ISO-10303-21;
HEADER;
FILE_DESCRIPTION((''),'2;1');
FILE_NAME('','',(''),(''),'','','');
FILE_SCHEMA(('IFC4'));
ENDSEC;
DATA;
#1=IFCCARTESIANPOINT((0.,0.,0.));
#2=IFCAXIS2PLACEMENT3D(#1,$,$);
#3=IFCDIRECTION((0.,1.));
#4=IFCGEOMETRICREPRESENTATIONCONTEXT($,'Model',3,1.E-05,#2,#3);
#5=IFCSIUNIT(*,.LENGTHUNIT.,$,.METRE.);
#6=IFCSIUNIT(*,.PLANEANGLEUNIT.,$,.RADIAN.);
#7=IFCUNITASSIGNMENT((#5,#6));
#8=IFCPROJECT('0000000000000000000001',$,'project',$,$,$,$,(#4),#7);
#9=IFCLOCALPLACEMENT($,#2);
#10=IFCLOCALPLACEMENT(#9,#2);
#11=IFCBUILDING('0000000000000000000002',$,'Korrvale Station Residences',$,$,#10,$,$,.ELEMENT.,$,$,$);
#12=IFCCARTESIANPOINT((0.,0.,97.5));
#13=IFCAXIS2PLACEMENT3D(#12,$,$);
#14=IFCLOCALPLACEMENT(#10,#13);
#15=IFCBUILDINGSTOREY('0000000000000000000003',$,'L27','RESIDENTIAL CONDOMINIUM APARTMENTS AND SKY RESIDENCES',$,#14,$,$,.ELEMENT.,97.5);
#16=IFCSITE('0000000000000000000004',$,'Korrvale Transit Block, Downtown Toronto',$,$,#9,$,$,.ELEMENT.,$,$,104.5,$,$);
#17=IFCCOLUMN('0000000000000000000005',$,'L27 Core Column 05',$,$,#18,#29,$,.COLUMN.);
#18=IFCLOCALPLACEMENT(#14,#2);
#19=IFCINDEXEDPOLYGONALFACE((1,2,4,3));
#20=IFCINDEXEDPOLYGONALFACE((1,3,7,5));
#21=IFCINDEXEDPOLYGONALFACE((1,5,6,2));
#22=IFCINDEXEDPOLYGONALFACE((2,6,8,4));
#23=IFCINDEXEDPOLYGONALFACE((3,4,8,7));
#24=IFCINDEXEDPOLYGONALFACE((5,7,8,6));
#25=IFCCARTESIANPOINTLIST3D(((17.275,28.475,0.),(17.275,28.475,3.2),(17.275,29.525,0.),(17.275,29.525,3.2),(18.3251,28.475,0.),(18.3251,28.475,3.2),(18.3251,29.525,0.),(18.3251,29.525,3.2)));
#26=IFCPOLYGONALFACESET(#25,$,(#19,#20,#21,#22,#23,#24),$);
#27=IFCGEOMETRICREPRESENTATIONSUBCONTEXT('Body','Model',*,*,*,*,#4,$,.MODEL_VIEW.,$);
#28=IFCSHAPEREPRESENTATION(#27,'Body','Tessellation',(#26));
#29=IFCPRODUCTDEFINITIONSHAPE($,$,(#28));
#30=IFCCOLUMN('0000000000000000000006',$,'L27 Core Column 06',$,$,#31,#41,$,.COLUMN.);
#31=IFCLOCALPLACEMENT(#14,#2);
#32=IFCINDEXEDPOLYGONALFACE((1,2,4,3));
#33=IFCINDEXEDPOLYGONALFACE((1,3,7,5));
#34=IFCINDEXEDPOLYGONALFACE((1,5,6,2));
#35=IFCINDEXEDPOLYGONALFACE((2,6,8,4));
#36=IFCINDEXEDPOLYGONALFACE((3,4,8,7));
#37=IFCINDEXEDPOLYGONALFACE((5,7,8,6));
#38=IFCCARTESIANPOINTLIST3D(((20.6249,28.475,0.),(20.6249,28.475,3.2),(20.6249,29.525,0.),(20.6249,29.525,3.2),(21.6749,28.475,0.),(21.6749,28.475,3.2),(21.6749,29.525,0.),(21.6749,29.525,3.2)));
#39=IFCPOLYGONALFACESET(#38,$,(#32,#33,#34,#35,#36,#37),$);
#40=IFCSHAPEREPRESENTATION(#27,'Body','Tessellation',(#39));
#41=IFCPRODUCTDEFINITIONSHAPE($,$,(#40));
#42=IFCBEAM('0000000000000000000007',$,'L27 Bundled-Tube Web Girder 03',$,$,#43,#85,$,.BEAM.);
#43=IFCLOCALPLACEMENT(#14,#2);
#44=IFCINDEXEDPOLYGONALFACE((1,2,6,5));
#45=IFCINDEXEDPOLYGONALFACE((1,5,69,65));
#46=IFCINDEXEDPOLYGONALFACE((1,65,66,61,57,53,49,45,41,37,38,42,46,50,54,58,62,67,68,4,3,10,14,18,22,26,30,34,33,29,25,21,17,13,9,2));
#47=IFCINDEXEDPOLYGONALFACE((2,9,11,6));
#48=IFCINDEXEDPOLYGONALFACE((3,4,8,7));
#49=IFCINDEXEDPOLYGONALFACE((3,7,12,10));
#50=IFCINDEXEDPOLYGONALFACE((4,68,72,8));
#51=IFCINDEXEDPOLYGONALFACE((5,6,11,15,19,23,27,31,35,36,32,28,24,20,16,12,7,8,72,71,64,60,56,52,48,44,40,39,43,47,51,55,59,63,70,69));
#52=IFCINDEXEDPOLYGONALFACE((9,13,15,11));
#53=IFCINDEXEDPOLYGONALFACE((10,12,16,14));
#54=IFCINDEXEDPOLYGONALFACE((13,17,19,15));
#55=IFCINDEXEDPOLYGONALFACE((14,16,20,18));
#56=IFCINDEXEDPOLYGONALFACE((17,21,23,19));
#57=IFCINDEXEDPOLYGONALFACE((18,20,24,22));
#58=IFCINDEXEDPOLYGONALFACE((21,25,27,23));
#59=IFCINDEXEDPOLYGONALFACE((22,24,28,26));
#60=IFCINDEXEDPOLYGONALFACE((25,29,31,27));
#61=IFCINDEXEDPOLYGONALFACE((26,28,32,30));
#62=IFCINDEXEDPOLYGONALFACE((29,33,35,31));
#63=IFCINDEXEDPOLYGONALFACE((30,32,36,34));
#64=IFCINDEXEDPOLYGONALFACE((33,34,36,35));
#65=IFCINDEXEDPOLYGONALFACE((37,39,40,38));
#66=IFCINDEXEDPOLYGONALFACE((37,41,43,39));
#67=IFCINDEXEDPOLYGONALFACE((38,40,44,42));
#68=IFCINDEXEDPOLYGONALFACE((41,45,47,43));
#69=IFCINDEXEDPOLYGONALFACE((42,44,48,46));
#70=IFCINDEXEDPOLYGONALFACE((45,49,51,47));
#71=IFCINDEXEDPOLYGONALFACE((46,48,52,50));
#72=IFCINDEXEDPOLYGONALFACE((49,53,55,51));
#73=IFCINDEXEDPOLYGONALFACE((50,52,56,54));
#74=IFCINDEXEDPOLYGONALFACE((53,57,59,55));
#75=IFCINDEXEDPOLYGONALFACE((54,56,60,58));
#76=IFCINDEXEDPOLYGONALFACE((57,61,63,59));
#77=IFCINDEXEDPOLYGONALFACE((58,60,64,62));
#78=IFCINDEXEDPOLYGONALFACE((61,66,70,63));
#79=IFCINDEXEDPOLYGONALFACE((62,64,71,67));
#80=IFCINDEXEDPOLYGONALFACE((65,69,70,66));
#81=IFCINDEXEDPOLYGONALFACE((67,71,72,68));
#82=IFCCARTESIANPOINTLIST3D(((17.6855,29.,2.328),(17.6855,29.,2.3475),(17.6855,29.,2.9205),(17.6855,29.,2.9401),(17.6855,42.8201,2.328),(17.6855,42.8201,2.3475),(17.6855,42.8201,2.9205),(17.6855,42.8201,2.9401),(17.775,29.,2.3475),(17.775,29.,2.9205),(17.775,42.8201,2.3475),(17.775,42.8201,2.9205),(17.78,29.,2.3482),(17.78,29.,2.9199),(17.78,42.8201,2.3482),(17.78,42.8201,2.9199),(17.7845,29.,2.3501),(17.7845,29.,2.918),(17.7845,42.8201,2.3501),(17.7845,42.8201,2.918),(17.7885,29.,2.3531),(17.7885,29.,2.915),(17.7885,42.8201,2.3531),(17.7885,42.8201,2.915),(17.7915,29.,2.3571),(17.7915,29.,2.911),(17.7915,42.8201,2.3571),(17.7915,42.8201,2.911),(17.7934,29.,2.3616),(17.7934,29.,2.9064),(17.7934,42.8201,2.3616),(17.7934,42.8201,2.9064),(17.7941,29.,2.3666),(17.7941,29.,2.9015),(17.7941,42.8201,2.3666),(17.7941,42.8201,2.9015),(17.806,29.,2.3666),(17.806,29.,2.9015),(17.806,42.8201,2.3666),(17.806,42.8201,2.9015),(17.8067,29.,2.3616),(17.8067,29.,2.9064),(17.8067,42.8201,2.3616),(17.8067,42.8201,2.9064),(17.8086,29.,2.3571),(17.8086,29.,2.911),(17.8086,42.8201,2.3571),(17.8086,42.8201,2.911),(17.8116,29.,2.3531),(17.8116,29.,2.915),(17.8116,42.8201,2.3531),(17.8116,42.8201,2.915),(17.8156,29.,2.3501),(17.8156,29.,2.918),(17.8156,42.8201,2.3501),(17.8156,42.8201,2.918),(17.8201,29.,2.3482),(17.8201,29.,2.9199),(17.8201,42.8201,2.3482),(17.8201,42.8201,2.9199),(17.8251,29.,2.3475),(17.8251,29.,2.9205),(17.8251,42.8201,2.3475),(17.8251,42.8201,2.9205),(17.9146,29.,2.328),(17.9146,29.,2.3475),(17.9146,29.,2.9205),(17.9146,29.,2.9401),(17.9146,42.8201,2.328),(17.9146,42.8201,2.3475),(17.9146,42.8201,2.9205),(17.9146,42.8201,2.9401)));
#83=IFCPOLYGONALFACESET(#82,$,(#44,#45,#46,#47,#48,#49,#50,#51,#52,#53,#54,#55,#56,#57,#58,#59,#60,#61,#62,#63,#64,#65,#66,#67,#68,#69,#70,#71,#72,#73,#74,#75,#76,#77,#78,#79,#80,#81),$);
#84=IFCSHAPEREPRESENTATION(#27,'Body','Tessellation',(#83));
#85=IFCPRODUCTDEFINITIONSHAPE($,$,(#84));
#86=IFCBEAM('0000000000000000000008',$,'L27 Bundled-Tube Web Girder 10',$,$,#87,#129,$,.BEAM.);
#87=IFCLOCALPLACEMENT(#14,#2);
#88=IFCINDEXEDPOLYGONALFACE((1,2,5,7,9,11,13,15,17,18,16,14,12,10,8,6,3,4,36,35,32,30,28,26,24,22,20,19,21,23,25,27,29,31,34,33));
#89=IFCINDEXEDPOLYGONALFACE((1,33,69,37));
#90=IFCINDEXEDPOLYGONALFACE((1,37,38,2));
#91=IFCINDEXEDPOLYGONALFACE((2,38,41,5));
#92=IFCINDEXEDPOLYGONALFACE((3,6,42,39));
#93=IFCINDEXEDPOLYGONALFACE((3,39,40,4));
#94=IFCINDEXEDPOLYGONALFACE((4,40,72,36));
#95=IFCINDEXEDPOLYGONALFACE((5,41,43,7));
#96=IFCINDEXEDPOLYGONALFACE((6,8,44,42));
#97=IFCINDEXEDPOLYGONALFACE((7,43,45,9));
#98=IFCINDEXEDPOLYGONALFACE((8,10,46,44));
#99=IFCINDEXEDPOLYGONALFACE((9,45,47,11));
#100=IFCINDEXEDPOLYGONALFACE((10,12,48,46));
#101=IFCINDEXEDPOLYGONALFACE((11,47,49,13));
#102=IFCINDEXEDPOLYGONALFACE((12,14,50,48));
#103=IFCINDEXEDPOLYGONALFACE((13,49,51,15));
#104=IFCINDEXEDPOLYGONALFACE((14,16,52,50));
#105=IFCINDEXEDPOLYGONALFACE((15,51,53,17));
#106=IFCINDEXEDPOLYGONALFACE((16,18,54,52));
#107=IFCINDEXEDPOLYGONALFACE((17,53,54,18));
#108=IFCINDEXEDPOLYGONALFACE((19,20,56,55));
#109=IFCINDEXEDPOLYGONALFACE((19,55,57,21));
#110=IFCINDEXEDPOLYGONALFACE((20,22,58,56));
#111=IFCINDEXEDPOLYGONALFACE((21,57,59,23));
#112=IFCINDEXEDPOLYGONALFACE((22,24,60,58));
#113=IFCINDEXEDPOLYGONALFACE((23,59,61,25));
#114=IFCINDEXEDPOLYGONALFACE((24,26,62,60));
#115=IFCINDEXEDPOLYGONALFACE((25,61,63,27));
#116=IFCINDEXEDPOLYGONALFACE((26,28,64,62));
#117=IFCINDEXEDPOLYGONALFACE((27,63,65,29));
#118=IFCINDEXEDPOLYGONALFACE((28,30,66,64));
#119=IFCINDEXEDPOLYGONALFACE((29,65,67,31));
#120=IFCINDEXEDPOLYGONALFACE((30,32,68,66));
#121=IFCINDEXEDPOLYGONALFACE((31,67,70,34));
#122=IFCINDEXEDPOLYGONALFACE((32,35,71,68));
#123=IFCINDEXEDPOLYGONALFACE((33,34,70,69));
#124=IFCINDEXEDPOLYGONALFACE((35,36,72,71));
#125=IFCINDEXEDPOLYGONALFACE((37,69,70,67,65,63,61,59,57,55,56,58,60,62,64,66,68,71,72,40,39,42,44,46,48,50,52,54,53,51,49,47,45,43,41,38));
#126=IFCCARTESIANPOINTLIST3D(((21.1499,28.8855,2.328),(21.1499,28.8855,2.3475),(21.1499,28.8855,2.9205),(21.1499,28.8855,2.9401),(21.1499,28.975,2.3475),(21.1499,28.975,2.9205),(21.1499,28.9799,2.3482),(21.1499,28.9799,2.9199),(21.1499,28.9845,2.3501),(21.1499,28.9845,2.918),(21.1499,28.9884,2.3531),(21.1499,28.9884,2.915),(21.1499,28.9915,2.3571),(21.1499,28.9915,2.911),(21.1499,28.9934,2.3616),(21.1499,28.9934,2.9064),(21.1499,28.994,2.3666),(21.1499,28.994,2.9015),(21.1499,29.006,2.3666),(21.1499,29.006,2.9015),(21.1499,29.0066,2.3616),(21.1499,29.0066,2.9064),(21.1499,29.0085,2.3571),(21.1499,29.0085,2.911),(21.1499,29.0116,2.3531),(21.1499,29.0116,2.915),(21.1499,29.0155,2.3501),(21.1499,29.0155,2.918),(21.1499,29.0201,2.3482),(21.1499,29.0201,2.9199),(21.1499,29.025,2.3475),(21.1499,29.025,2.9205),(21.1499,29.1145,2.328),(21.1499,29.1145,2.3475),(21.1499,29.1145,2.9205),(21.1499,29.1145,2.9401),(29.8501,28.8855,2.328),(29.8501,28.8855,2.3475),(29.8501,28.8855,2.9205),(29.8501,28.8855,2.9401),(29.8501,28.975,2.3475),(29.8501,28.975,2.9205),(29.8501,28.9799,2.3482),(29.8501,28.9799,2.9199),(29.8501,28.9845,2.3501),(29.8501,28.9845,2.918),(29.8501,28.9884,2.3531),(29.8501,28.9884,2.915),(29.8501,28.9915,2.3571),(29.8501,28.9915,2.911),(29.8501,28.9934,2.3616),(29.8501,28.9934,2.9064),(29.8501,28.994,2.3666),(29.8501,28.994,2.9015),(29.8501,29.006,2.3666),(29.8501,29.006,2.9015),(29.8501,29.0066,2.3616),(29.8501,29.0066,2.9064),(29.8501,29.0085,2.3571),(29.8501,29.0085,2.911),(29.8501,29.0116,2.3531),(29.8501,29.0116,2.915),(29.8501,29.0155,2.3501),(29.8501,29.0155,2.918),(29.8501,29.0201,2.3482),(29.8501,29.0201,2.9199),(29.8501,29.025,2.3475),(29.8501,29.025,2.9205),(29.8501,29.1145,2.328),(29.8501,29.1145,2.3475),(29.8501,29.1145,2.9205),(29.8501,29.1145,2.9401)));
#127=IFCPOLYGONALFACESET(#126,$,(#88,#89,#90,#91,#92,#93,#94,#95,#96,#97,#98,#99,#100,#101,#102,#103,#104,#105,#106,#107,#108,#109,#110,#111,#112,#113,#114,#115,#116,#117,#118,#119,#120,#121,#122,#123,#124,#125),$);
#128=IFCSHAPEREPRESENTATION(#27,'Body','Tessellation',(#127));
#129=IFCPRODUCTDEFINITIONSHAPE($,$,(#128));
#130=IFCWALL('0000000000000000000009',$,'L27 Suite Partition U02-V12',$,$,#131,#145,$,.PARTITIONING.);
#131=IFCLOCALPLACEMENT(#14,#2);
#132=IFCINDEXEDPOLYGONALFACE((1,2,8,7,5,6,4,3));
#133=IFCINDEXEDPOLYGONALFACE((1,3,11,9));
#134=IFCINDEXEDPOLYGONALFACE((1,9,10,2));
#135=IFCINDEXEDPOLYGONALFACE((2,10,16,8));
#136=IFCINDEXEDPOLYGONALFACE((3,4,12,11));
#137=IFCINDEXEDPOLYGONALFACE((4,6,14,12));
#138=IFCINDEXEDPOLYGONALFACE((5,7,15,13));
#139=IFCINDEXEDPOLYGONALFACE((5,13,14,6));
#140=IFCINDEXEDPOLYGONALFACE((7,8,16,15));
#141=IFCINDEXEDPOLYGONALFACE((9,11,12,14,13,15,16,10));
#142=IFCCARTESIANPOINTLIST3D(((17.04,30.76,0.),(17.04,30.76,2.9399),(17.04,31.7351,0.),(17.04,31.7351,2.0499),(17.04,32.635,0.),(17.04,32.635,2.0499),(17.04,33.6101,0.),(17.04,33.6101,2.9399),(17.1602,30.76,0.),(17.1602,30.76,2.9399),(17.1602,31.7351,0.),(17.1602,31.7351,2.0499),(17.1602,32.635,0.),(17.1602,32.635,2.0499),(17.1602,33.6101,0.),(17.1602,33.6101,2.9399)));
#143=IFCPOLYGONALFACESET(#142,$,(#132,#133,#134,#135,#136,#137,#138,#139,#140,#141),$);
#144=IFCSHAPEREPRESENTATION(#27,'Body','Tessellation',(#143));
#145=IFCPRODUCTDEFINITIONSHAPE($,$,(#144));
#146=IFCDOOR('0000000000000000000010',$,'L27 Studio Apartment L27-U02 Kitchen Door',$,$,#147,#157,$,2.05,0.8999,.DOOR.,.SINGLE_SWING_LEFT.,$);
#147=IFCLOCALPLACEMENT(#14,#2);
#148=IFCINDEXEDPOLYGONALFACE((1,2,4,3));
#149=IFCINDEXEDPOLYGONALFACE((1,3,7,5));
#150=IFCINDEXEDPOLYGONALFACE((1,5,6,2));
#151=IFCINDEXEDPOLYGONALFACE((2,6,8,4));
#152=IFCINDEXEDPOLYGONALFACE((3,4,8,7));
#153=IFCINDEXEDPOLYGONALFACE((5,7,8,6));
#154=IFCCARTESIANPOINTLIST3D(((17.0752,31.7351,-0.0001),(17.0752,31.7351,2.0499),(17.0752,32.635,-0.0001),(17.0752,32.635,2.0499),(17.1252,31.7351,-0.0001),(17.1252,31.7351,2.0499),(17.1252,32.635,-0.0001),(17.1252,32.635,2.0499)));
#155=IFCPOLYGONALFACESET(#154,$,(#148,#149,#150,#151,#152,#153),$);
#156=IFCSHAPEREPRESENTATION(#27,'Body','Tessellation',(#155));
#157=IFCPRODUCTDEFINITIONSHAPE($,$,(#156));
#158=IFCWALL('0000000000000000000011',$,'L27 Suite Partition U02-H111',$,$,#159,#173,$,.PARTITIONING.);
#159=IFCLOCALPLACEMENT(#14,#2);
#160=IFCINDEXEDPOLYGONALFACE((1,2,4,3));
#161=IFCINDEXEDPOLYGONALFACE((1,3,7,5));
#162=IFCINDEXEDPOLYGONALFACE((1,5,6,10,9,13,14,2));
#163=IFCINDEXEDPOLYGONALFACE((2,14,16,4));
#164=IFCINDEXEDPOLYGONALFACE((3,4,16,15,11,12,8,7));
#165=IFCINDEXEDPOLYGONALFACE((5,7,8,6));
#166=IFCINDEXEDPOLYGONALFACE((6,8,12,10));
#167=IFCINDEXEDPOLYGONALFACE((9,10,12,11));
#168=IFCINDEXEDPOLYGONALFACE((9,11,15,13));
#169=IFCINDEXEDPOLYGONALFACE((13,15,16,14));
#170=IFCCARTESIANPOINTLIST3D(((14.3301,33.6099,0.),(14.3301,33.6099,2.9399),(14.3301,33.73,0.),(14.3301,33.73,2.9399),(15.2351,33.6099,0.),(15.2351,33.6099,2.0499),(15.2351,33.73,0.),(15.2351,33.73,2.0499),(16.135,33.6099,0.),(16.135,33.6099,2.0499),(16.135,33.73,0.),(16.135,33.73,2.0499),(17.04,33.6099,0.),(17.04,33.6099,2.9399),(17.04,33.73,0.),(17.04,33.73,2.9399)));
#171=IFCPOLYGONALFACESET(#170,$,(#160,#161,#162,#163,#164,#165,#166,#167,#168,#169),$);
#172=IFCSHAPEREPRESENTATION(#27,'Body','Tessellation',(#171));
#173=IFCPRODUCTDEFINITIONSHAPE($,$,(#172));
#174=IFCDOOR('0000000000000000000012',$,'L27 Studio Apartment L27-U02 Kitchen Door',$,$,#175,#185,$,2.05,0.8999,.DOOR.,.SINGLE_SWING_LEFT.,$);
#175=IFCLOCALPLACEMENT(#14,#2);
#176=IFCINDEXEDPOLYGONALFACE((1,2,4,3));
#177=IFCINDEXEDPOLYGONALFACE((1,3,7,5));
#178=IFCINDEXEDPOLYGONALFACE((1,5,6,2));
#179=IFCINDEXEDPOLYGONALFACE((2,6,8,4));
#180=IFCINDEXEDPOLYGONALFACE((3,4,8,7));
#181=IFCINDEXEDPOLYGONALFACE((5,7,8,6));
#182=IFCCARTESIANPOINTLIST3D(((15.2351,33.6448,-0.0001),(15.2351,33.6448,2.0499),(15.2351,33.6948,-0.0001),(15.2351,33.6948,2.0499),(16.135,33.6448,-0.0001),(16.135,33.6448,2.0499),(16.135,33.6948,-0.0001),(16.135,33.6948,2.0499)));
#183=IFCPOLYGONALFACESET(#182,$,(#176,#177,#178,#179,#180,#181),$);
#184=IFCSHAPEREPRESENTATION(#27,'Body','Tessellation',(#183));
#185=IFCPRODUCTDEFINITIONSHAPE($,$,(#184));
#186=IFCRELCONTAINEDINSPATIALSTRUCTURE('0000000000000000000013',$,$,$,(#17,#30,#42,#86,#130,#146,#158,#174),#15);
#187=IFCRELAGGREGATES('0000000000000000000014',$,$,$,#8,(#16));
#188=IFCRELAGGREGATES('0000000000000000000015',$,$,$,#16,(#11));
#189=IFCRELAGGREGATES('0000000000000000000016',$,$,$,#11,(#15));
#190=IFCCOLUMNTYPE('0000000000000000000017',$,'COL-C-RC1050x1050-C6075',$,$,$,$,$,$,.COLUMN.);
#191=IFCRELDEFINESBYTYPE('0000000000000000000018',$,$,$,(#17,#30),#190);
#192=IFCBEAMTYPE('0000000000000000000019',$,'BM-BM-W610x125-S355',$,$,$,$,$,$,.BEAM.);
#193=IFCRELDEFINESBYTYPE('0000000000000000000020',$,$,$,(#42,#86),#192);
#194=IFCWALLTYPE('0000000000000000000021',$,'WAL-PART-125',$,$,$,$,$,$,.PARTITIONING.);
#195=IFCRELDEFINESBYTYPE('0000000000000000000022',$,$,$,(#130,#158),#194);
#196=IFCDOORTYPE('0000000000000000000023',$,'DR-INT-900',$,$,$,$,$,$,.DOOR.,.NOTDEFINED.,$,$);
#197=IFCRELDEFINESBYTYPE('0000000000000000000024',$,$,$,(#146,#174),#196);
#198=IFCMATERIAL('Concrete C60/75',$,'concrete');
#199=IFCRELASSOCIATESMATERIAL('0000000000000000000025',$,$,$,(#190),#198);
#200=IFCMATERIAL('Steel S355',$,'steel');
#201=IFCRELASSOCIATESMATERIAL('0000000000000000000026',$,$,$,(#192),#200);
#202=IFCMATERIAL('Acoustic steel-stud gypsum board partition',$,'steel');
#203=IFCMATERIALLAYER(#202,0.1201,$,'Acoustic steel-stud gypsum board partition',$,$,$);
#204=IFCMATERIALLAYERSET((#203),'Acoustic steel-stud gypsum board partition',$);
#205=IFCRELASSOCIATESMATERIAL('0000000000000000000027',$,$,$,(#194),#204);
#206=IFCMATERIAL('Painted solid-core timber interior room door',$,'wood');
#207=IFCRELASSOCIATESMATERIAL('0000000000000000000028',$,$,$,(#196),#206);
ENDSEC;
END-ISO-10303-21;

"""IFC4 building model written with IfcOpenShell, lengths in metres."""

from ifc_helpers import new_model, si_unit, direction, frame, frame_2d, origin, origin_2d, place, context, subcontext, project, spatial, rectangle, i_section, extrude, material, layer, layer_set, material_profile, profile_set, type_object, element, fill, save


model = new_model("IFC4")

# Units and contexts
model_context = context("Model", 3, precision=1e-05, world=origin(), true_north=direction((0.0, 1.0)))
body_context = subcontext(model_context, "Body", "Model", "MODEL_VIEW")
ifc_project = project(units=[si_unit("LENGTHUNIT", "METRE"), si_unit("PLANEANGLEUNIT", "RADIAN")], contexts=[model_context])

# Site, building, storey
site_placement = place(None, origin())
site = spatial("IfcSite", under=ifc_project, at=site_placement, Name="Korrvale Transit Block, Downtown Toronto", CompositionType="ELEMENT", RefElevation=104.5)
building_placement = place(site_placement, origin())
building = spatial("IfcBuilding", under=site, at=building_placement, Name="Korrvale Station Residences", CompositionType="ELEMENT")
storey_placement = place(building_placement, frame((0.0, 0.0, 97.5)))
storey = spatial("IfcBuildingStorey", under=building, at=storey_placement, Name="L27", Description="RESIDENTIAL CONDOMINIUM APARTMENTS AND SKY RESIDENCES", CompositionType="ELEMENT", Elevation=97.5)

# Columns
ifc_material_1 = material(Name="Concrete C60/75", Category="concrete")
ifc_material_profile_1 = material_profile(ifc_material_1, rectangle(XDim=1.05, YDim=1.05, at=origin_2d()), Name="RC1050x1050")
ifc_profile_set_1 = profile_set([ifc_material_profile_1], Name="Concrete C60/75")
column_type = type_object("IfcColumnType", Name="COL-C-RC1050x1050-C6075", PredefinedType="COLUMN", material=ifc_profile_set_1)
for number, where, z_axis, x_axis, name in (
    (1, (17.8, 29.0, 0.0), (0.0, 0.0, 1.0), (1.0, 0.0, 0.0), "L27 Core Column 05"),
    (2, (21.1499, 29.0, 0.0), (0.0, 0.0, 1.0), (1.0, 0.0, 0.0), "L27 Core Column 06"),
):
    element("IfcColumn", number, at=place(storey_placement, frame(where, z_axis=z_axis, x_axis=x_axis)), inside=storey, type_object=column_type, Name=name, PredefinedType="COLUMN", context=body_context, shape_type="SweptSolid", body=[
        extrude(rectangle(XDim=1.05, YDim=1.05, at=origin_2d()), origin(), (0.0, 0.0, 1.0), 3.2),
    ])

# Beams
ifc_material_2 = material(Name="Steel S355", Category="steel")
ifc_material_profile_2 = material_profile(ifc_material_2, i_section(OverallWidth=0.229, OverallDepth=0.6121, WebThickness=0.012, FlangeThickness=0.0195, FilletRadius=0.019, at=origin_2d()), Name="W610x125")
ifc_profile_set_2 = profile_set([ifc_material_profile_2], Name="Steel S355")
beam_type = type_object("IfcBeamType", Name="BM-BM-W610x125-S355", PredefinedType="BEAM", material=ifc_profile_set_2)
beam_1_placement = place(storey_placement, frame((17.8, 29.0, 2.634), z_axis=(0.0, 1.0, 0.0), x_axis=(-1.0, 0.0, 0.0)))
element("IfcBeam", 3, at=beam_1_placement, inside=storey, type_object=beam_type, Name="L27 Bundled-Tube Web Girder 03", PredefinedType="BEAM", context=body_context, shape_type="SweptSolid", body=[
    extrude(i_section(OverallWidth=0.229, OverallDepth=0.6121, WebThickness=0.012, FlangeThickness=0.0195, FilletRadius=0.019, at=origin_2d()), origin(), (0.0, 0.0, 1.0), 13.8201),
])
beam_2_placement = place(storey_placement, frame((21.1499, 29.0, 2.634), z_axis=(1.0, 0.0, 0.0), x_axis=(0.0, 1.0, 0.0)))
element("IfcBeam", 4, at=beam_2_placement, inside=storey, type_object=beam_type, Name="L27 Bundled-Tube Web Girder 10", PredefinedType="BEAM", context=body_context, shape_type="SweptSolid", body=[
    extrude(i_section(OverallWidth=0.229, OverallDepth=0.6121, WebThickness=0.012, FlangeThickness=0.0195, FilletRadius=0.019, at=origin_2d()), origin(), (0.0, 0.0, 1.0), 8.7002),
])

# Walls, openings, doors
ifc_material_3 = material(Name="Acoustic steel-stud gypsum board partition", Category="steel")
ifc_layer = layer(ifc_material_3, 0.1201, Name="Acoustic steel-stud gypsum board partition")
ifc_layer_set = layer_set([ifc_layer], Name="Acoustic steel-stud gypsum board partition")
wall_type = type_object("IfcWallType", Name="WAL-PART-125", PredefinedType="PARTITIONING", material=ifc_layer_set)
wall_1_placement = place(storey_placement, frame((17.1001, 30.76, 0.0), z_axis=(0.0, 0.0, 1.0), x_axis=(0.0, 1.0, 0.0)))
wall_1 = element("IfcWall", 5, at=wall_1_placement, inside=storey, type_object=wall_type, Name="L27 Suite Partition U02-V12", PredefinedType="PARTITIONING", context=body_context, shape_type="SweptSolid", body=[
    extrude(rectangle(XDim=2.8501, YDim=0.1201, at=frame_2d((1.425, 0.0))), origin(), (0.0, 0.0, 1.0), 2.9399),
])
opening_1_placement = place(wall_1_placement, frame((0.9751, 0.0, 0.0)))
opening_1 = element("IfcOpeningElement", 6, at=opening_1_placement, cuts=wall_1, PredefinedType="OPENING", context=body_context, shape_type="SweptSolid", body=[
    extrude(rectangle(XDim=0.8999, YDim=2.05, at=frame_2d((0.45, 1.0249))), frame((0.0, 0.0701, 0.0), z_axis=(0.0, -1.0, 0.0), x_axis=(1.0, 0.0, 0.0)), (0.0, 0.0, 1.0), 0.1401),
])
ifc_material_4 = material(Name="Painted solid-core timber interior room door", Category="wood")
door_type = type_object("IfcDoorType", Name="DR-INT-900", OperationType="NOTDEFINED", PredefinedType="DOOR", material=ifc_material_4)
door_1_placement = place(opening_1_placement, origin())
door_1 = element("IfcDoor", 7, at=door_1_placement, inside=storey, type_object=door_type, Name="L27 Studio Apartment L27-U02 Kitchen Door", OperationType="SINGLE_SWING_LEFT", OverallHeight=2.05, OverallWidth=0.8999, PredefinedType="DOOR", context=body_context, shape_type="SweptSolid", body=[
    extrude(rectangle(XDim=0.8999, YDim=2.05, at=frame_2d((0.45, 1.0249))), frame((0.0, 0.0249, 0.0), z_axis=(0.0, -1.0, 0.0), x_axis=(1.0, 0.0, 0.0)), (0.0, 0.0, 1.0), 0.05),
])
fill(opening_1, door_1)
wall_2_placement = place(storey_placement, frame((14.3301, 33.6699, 0.0), z_axis=(0.0, 0.0, 1.0), x_axis=(1.0, 0.0, 0.0)))
wall_2 = element("IfcWall", 8, at=wall_2_placement, inside=storey, type_object=wall_type, Name="L27 Suite Partition U02-H111", PredefinedType="PARTITIONING", context=body_context, shape_type="SweptSolid", body=[
    extrude(rectangle(XDim=2.71, YDim=0.1201, at=frame_2d((1.355, 0.0))), origin(), (0.0, 0.0, 1.0), 2.9399),
])
opening_2_placement = place(wall_2_placement, frame((0.905, 0.0, 0.0)))
opening_2 = element("IfcOpeningElement", 9, at=opening_2_placement, cuts=wall_2, PredefinedType="OPENING", context=body_context, shape_type="SweptSolid", body=[
    extrude(rectangle(XDim=0.8999, YDim=2.05, at=frame_2d((0.45, 1.0249))), frame((0.0, 0.0701, 0.0), z_axis=(0.0, -1.0, 0.0), x_axis=(1.0, 0.0, 0.0)), (0.0, 0.0, 1.0), 0.1401),
])
door_2_placement = place(opening_2_placement, origin())
door_2 = element("IfcDoor", 10, at=door_2_placement, inside=storey, type_object=door_type, Name="L27 Studio Apartment L27-U02 Kitchen Door", OperationType="SINGLE_SWING_LEFT", OverallHeight=2.05, OverallWidth=0.8999, PredefinedType="DOOR", context=body_context, shape_type="SweptSolid", body=[
    extrude(rectangle(XDim=0.8999, YDim=2.05, at=frame_2d((0.45, 1.0249))), frame((0.0, 0.0249, 0.0), z_axis=(0.0, -1.0, 0.0), x_axis=(1.0, 0.0, 0.0)), (0.0, 0.0, 1.0), 0.05),
])
fill(opening_2, door_2)

save(model, "model.ifc")
